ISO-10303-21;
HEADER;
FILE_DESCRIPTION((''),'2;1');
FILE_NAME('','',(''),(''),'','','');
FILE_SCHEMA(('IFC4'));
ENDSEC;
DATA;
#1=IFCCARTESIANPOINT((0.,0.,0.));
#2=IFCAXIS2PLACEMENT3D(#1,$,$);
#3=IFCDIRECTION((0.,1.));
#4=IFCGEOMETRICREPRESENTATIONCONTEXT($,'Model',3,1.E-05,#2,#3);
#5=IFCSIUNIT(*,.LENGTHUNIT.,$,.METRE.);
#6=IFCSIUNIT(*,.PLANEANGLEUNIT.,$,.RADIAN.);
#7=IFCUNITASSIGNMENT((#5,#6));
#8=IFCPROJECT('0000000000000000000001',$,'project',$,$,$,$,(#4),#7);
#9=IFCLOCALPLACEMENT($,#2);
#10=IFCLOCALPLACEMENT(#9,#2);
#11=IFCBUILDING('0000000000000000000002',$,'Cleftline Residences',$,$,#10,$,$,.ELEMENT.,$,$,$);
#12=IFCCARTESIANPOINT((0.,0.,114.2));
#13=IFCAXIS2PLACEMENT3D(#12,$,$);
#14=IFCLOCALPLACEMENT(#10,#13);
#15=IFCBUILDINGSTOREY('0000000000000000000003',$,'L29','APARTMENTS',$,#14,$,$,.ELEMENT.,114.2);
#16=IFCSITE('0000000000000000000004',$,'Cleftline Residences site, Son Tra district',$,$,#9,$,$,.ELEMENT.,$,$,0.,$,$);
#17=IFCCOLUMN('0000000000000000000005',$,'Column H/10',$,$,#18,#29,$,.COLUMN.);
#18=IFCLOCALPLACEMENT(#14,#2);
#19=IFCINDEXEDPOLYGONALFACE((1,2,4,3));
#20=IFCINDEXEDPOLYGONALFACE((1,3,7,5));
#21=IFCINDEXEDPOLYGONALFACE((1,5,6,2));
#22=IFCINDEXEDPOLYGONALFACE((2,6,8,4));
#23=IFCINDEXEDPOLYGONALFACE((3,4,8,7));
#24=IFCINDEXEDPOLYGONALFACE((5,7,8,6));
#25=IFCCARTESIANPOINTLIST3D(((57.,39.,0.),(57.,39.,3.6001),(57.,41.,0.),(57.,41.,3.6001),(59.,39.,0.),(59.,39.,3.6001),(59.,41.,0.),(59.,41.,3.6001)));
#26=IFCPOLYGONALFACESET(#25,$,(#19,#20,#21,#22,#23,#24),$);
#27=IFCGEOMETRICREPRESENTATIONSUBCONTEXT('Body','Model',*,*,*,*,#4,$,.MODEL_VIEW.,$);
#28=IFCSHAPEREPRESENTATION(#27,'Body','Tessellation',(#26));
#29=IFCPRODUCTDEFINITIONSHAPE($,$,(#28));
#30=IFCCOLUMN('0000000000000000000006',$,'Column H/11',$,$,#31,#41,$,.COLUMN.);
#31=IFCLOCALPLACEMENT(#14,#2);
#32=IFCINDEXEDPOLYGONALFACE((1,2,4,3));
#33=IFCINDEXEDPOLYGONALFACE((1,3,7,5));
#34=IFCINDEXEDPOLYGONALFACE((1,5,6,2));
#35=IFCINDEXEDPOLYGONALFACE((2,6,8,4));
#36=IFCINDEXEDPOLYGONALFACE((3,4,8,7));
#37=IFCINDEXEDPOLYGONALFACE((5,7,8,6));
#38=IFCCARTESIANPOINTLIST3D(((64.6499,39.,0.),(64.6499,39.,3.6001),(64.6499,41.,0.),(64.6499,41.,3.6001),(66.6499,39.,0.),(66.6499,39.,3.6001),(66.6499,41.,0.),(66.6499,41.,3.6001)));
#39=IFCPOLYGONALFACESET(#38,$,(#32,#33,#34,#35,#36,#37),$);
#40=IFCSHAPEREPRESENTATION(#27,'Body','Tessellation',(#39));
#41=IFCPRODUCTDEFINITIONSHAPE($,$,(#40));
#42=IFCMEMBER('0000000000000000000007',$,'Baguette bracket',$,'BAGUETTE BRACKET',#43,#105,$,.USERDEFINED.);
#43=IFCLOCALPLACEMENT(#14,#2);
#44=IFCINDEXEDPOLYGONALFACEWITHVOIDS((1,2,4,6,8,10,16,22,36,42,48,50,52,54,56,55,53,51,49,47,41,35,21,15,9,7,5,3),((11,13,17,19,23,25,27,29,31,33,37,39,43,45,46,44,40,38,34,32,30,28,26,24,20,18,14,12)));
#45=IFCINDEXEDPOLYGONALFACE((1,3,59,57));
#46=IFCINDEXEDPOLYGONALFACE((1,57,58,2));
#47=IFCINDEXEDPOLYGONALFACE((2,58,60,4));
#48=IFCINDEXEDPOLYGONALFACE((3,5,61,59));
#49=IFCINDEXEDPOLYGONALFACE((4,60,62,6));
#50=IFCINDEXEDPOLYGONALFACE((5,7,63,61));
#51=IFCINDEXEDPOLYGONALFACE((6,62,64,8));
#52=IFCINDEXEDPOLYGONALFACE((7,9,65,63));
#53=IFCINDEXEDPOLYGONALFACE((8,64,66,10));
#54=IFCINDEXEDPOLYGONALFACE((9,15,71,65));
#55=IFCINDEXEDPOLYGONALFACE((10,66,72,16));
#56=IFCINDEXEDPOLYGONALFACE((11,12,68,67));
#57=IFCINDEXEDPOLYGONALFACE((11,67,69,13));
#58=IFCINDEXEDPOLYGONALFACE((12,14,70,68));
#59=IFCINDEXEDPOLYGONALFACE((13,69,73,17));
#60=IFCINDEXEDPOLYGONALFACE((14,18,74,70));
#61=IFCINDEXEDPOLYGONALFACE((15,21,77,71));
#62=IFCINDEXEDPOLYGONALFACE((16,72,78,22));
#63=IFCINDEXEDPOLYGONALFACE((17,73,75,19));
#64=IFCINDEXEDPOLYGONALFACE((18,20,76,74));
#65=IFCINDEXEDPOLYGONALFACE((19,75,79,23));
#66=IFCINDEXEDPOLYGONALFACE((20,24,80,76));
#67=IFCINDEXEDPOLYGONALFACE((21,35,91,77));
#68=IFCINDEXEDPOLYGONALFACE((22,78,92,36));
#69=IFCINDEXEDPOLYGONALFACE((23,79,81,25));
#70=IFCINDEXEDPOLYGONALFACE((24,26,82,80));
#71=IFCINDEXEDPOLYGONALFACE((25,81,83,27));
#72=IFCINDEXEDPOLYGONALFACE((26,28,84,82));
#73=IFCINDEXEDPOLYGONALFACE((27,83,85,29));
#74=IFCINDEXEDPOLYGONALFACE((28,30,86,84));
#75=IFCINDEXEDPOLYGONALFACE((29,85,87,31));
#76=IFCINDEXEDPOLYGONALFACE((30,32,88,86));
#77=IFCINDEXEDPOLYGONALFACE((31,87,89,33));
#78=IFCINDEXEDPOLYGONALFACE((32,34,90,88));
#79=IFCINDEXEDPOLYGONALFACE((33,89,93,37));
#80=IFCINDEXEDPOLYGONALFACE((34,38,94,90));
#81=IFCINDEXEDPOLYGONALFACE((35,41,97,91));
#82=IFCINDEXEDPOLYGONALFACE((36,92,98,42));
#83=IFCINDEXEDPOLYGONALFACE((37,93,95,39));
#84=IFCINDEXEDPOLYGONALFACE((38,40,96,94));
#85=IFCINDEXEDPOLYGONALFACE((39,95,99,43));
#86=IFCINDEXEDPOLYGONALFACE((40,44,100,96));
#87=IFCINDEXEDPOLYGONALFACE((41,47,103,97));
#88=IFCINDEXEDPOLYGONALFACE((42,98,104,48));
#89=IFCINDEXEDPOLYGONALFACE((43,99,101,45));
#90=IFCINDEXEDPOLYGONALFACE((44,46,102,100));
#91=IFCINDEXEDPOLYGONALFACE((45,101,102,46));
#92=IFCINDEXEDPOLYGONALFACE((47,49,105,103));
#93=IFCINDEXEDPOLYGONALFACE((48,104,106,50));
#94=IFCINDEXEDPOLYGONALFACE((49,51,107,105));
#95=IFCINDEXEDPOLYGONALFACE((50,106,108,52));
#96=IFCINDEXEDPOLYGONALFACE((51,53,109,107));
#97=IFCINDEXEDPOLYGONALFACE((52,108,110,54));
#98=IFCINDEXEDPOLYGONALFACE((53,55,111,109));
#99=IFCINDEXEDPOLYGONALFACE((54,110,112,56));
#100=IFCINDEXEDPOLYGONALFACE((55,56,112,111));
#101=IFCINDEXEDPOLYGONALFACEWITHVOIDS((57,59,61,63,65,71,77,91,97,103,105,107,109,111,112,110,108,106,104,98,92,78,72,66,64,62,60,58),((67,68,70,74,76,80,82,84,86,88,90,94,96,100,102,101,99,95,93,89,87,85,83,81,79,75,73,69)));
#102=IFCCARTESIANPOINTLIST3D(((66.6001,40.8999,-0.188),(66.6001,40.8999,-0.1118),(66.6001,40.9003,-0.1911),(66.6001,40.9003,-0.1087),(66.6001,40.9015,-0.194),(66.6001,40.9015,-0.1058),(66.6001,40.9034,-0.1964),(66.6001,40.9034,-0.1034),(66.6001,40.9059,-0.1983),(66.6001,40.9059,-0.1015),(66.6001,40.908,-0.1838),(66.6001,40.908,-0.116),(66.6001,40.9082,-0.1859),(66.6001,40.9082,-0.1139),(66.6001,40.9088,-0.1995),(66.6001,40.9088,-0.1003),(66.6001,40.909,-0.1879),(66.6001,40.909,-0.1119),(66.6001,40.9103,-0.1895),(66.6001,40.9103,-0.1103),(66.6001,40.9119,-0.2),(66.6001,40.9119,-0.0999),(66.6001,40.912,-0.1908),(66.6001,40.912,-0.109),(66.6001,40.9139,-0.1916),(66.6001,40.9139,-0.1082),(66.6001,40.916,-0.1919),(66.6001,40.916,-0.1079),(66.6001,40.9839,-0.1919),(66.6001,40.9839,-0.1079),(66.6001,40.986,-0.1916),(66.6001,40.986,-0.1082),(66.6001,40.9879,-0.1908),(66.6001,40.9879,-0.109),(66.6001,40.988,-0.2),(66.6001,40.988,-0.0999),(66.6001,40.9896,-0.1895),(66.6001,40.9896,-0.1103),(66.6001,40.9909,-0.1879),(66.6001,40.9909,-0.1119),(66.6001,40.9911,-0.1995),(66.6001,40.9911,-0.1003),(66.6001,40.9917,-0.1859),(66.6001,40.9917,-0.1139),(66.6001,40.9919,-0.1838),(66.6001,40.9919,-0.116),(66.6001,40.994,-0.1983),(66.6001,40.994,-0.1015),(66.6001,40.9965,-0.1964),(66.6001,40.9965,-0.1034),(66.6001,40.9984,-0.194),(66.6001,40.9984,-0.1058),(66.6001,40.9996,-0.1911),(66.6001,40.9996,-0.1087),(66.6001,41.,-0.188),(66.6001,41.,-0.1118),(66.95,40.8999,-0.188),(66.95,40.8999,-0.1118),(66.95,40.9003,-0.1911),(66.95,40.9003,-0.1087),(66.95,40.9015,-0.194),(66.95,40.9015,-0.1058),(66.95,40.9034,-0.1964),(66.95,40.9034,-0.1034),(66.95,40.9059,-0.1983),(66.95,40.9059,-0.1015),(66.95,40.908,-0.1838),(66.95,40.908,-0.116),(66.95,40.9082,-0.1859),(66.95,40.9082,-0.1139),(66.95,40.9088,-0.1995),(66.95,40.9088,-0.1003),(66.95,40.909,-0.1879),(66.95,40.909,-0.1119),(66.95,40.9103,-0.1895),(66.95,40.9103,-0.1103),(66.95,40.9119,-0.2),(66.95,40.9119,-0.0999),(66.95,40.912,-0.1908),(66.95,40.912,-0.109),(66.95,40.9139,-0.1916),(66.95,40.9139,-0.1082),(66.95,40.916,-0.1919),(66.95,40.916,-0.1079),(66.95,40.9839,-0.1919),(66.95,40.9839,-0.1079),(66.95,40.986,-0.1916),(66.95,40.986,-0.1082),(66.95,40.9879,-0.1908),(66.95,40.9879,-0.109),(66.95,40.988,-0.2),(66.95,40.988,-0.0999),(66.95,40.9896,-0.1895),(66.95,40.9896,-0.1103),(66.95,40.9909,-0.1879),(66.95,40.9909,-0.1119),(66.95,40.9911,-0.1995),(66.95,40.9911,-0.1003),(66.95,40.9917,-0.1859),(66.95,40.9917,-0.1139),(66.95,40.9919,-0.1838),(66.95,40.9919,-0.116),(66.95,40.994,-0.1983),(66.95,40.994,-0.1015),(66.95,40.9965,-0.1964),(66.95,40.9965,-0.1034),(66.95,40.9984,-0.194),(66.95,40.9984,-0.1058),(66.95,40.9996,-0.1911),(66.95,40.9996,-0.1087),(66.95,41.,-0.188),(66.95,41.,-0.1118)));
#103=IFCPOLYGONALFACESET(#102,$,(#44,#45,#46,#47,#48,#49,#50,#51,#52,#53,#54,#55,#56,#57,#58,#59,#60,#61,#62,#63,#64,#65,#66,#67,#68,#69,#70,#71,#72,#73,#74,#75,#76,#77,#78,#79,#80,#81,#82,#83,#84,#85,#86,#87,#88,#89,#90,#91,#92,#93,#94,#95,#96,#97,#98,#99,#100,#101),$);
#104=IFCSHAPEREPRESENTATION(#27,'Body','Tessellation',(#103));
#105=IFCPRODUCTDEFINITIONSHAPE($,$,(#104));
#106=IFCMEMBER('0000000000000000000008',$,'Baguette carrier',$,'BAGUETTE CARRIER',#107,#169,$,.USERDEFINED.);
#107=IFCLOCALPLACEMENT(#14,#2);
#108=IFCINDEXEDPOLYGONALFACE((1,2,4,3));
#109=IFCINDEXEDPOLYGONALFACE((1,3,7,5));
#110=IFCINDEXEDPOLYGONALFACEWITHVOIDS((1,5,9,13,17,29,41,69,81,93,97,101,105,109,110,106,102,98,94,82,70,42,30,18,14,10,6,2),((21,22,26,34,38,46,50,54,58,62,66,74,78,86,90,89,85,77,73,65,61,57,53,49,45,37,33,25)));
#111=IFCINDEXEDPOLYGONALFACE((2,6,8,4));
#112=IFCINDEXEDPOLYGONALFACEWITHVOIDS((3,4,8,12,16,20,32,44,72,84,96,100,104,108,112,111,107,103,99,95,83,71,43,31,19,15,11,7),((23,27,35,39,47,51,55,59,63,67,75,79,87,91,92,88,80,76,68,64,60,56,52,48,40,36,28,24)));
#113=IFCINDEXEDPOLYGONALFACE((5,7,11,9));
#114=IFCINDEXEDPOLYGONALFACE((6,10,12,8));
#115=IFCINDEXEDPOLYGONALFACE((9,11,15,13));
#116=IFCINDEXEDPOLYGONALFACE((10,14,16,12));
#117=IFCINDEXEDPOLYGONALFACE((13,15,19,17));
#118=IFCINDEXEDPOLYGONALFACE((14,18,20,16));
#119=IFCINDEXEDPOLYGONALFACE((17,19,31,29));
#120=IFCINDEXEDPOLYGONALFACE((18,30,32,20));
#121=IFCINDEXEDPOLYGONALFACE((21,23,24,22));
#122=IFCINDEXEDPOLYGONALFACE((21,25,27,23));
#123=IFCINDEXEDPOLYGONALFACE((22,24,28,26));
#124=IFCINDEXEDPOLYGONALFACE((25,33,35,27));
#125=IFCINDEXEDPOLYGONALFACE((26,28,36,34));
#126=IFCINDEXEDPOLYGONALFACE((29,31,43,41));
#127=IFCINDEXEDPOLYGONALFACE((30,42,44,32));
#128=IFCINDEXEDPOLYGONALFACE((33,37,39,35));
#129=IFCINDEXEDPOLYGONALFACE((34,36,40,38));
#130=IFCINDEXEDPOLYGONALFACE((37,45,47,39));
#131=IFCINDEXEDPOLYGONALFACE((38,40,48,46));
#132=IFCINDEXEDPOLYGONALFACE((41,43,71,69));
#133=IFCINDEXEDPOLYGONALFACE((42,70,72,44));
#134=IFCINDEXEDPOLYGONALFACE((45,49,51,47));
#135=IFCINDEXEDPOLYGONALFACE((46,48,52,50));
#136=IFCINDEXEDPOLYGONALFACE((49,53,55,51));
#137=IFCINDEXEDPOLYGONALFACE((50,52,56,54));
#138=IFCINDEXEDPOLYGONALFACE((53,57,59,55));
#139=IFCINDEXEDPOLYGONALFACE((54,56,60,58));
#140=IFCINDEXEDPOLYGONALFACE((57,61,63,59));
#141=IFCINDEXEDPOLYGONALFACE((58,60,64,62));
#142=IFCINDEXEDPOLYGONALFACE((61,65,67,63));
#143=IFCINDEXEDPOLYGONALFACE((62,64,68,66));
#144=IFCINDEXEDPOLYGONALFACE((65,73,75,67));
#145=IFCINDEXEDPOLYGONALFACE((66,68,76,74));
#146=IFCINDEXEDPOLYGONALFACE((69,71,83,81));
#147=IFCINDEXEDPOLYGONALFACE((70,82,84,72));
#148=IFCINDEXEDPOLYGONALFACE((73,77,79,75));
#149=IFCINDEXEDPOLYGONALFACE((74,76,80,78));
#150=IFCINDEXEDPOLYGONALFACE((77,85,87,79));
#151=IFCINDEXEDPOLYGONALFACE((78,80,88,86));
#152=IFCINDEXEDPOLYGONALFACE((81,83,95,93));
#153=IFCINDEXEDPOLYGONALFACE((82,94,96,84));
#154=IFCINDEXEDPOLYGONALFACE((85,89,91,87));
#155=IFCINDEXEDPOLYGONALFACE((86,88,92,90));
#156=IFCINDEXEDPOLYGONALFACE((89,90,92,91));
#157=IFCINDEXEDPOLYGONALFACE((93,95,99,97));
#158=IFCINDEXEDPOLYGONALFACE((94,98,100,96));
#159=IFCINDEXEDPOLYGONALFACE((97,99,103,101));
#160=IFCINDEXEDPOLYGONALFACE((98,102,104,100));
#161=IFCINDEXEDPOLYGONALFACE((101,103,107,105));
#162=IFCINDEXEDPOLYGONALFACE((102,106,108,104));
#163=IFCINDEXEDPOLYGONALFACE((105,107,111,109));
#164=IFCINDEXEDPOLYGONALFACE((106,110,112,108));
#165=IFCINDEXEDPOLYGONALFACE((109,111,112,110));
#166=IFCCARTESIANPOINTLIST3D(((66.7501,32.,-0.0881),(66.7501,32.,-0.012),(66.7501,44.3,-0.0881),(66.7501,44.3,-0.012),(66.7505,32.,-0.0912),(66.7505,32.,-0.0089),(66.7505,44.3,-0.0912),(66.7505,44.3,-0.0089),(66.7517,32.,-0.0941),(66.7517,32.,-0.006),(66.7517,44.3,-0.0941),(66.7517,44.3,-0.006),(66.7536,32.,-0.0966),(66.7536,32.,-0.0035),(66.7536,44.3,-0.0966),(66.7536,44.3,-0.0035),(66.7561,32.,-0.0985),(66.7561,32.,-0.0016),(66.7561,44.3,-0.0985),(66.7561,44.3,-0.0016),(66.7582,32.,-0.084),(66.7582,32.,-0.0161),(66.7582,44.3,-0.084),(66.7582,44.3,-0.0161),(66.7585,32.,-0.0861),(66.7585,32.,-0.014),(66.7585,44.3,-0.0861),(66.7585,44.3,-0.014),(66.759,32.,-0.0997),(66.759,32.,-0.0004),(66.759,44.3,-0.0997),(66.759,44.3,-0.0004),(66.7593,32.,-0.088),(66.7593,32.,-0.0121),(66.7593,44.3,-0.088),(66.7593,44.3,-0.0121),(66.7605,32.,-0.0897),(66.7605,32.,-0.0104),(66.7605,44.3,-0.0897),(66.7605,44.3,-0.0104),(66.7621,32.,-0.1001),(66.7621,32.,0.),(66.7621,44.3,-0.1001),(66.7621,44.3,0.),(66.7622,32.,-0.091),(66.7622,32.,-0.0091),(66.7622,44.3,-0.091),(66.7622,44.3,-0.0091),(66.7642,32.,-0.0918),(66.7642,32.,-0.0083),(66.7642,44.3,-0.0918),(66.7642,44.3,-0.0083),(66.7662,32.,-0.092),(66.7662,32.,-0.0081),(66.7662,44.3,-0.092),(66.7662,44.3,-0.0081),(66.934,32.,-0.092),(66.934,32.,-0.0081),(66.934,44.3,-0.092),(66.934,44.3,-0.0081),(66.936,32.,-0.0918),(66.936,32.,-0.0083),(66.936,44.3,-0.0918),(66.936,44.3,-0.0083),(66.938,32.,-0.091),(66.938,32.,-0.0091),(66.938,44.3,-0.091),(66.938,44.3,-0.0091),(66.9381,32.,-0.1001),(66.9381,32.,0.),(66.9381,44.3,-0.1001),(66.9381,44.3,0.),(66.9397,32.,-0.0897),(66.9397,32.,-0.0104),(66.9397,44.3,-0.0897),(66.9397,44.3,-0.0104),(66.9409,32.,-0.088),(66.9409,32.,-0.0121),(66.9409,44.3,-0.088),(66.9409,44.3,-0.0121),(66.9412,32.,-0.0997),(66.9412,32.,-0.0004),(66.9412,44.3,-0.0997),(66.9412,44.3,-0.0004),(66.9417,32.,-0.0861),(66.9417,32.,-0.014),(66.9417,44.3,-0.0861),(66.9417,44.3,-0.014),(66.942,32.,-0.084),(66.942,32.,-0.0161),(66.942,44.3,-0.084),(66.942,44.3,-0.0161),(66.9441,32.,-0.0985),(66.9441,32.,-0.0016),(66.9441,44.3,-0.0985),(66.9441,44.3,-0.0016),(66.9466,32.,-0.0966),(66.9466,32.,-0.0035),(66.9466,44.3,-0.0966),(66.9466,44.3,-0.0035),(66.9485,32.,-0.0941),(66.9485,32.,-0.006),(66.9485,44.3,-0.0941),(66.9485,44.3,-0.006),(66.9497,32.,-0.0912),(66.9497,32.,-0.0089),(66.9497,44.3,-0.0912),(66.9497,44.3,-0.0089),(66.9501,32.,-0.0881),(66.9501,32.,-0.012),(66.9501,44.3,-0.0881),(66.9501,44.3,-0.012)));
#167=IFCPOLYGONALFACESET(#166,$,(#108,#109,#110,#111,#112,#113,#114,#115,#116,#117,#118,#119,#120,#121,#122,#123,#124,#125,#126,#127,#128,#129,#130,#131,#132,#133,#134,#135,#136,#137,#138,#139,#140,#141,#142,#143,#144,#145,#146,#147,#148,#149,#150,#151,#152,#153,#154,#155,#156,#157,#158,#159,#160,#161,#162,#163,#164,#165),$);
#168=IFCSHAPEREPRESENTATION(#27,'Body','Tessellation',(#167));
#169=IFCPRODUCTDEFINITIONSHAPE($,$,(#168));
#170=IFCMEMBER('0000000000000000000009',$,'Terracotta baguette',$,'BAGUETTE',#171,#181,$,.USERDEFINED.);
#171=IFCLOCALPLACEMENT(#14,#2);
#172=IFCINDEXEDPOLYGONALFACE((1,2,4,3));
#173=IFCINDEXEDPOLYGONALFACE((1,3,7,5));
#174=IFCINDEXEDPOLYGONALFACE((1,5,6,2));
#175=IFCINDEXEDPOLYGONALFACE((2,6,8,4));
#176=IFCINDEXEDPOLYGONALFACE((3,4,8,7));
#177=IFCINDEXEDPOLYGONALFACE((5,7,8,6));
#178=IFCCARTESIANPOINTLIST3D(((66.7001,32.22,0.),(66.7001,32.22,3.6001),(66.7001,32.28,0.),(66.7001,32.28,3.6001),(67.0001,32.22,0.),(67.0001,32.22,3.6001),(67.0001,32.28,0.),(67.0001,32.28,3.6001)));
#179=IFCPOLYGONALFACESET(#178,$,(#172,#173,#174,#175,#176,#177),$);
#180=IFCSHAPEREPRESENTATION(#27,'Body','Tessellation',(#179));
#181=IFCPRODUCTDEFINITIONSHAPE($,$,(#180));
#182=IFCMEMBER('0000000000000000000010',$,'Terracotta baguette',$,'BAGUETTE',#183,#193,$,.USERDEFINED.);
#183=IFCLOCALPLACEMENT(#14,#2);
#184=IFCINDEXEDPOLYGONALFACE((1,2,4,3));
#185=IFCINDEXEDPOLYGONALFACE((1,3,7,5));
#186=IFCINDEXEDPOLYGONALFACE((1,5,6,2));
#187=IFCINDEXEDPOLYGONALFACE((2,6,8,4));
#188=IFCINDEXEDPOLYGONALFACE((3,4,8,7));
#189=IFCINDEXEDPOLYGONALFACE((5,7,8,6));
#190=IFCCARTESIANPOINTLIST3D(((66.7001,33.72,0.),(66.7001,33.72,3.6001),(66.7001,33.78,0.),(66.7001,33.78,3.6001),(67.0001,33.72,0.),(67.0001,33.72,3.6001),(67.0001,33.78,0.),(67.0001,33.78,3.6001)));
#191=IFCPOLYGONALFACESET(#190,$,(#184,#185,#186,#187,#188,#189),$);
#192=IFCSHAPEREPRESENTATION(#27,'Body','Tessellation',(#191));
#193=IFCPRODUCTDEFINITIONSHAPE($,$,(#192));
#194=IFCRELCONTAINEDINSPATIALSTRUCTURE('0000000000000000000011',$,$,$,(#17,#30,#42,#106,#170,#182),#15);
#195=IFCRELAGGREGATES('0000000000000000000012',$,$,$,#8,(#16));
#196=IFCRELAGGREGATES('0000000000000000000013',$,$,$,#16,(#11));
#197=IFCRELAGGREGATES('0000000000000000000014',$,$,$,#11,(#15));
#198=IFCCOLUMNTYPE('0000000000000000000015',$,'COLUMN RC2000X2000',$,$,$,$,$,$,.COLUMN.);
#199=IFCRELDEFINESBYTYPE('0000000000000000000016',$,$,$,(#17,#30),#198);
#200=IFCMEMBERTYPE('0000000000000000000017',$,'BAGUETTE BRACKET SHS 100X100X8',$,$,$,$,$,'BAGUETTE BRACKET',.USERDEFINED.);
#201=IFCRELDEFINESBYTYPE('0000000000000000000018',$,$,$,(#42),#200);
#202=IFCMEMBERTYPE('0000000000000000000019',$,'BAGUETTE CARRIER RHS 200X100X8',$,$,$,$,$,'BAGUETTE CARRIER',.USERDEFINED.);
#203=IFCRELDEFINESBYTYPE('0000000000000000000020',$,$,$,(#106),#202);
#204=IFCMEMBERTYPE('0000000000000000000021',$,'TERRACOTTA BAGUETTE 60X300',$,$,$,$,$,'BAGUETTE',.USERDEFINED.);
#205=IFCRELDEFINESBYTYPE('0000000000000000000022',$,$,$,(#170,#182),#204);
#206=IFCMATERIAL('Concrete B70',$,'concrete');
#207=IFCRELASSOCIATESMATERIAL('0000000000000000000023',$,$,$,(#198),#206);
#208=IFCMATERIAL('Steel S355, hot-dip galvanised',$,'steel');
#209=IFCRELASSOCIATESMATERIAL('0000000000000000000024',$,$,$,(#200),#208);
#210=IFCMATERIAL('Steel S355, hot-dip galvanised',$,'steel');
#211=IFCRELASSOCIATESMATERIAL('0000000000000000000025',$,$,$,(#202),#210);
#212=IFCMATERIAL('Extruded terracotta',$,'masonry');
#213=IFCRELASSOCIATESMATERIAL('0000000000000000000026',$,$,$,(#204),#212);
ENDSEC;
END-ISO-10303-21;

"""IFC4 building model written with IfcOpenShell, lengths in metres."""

from ifc_helpers import new_model, si_unit, direction, frame, origin, origin_2d, place, context, subcontext, project, spatial, rectangle, hollow_rectangle, extrude, material, material_profile, profile_set, type_object, element, save


model = new_model("IFC4")

# Units and contexts
model_context = context("Model", 3, precision=1e-05, world=origin(), true_north=direction((0.0, 1.0)))
body_context = subcontext(model_context, "Body", "Model", "MODEL_VIEW")
ifc_project = project(units=[si_unit("LENGTHUNIT", "METRE"), si_unit("PLANEANGLEUNIT", "RADIAN")], contexts=[model_context])

# Site, building, storey
site_placement = place(None, origin())
site = spatial("IfcSite", under=ifc_project, at=site_placement, Name="Cleftline Residences site, Son Tra district", CompositionType="ELEMENT", RefElevation=0.0)
building_placement = place(site_placement, origin())
building = spatial("IfcBuilding", under=site, at=building_placement, Name="Cleftline Residences", CompositionType="ELEMENT")
storey_placement = place(building_placement, frame((0.0, 0.0, 114.2)))
storey = spatial("IfcBuildingStorey", under=building, at=storey_placement, Name="L29", Description="APARTMENTS", CompositionType="ELEMENT", Elevation=114.2)

# Columns
ifc_material_1 = material(Name="Concrete B70", Category="concrete")
ifc_material_profile_1 = material_profile(ifc_material_1, rectangle(XDim=2.0, YDim=2.0, at=origin_2d()))
ifc_profile_set_1 = profile_set([ifc_material_profile_1], Name="Concrete B70")
column_type = type_object("IfcColumnType", Name="COLUMN RC2000X2000", PredefinedType="COLUMN", material=ifc_profile_set_1)
for number, where, z_axis, x_axis, name in (
    (1, (58.0, 40.0, 0.0), (0.0, 0.0, 1.0), (1.0, 0.0, 0.0), "Column H/10"),
    (2, (65.6499, 40.0, 0.0), (0.0, 0.0, 1.0), (1.0, 0.0, 0.0), "Column H/11"),
):
    element("IfcColumn", number, at=place(storey_placement, frame(where, z_axis=z_axis, x_axis=x_axis)), inside=storey, type_object=column_type, Name=name, PredefinedType="COLUMN", context=body_context, shape_type="SweptSolid", body=[
        extrude(rectangle(XDim=2.0, YDim=2.0, at=origin_2d()), origin(), (0.0, 0.0, 1.0), 3.6001),
    ])

# Members
ifc_material_2 = material(Name="Steel S355, hot-dip galvanised", Category="steel")
ifc_material_profile_2 = material_profile(ifc_material_2, hollow_rectangle(XDim=0.1001, YDim=0.1001, WallThickness=0.0081, InnerFilletRadius=0.0081, OuterFilletRadius=0.012, at=origin_2d()))
ifc_profile_set_2 = profile_set([ifc_material_profile_2], Name="Steel S355, hot-dip galvanised")
member_type_1 = type_object("IfcMemberType", Name="BAGUETTE BRACKET SHS 100X100X8", ElementType="BAGUETTE BRACKET", PredefinedType="USERDEFINED", material=ifc_profile_set_2)
member_1_placement = place(storey_placement, frame((66.6001, 40.95, -0.1499), z_axis=(1.0, 0.0, 0.0), x_axis=(0.0, 1.0, 0.0)))
element("IfcMember", 3, at=member_1_placement, inside=storey, type_object=member_type_1, Name="Baguette bracket", ObjectType="BAGUETTE BRACKET", PredefinedType="USERDEFINED", context=body_context, shape_type="SweptSolid", body=[
    extrude(hollow_rectangle(XDim=0.1001, YDim=0.1001, WallThickness=0.0081, InnerFilletRadius=0.0081, OuterFilletRadius=0.012, at=origin_2d()), origin(), (0.0, 0.0, 1.0), 0.3499),
])
ifc_material_3 = material(Name="Steel S355, hot-dip galvanised", Category="steel")
ifc_material_profile_3 = material_profile(ifc_material_3, hollow_rectangle(XDim=0.1001, YDim=0.2, WallThickness=0.0081, InnerFilletRadius=0.0081, OuterFilletRadius=0.012, at=origin_2d()))
ifc_profile_set_3 = profile_set([ifc_material_profile_3], Name="Steel S355, hot-dip galvanised")
member_type_2 = type_object("IfcMemberType", Name="BAGUETTE CARRIER RHS 200X100X8", ElementType="BAGUETTE CARRIER", PredefinedType="USERDEFINED", material=ifc_profile_set_3)
member_2_placement = place(storey_placement, frame((66.8501, 32.0, -0.05), z_axis=(0.0, 1.0, 0.0), x_axis=(0.0, 0.0, 1.0)))
element("IfcMember", 4, at=member_2_placement, inside=storey, type_object=member_type_2, Name="Baguette carrier", ObjectType="BAGUETTE CARRIER", PredefinedType="USERDEFINED", context=body_context, shape_type="SweptSolid", body=[
    extrude(hollow_rectangle(XDim=0.1001, YDim=0.2, WallThickness=0.0081, InnerFilletRadius=0.0081, OuterFilletRadius=0.012, at=origin_2d()), origin(), (0.0, 0.0, 1.0), 12.3),
])
ifc_material_4 = material(Name="Extruded terracotta", Category="masonry")
ifc_material_profile_4 = material_profile(ifc_material_4, rectangle(XDim=0.0601, YDim=0.3, at=origin_2d()))
ifc_profile_set_4 = profile_set([ifc_material_profile_4], Name="Extruded terracotta")
member_type_3 = type_object("IfcMemberType", Name="TERRACOTTA BAGUETTE 60X300", ElementType="BAGUETTE", PredefinedType="USERDEFINED", material=ifc_profile_set_4)
for number, where, z_axis, x_axis, name in (
    (5, (66.8501, 32.25, 0.0), (0.0, 0.0, 1.0), (0.0, 1.0, 0.0), "Terracotta baguette"),
    (6, (66.8501, 33.75, 0.0), (0.0, 0.0, 1.0), (0.0, 1.0, 0.0), "Terracotta baguette"),
):
    element("IfcMember", number, at=place(storey_placement, frame(where, z_axis=z_axis, x_axis=x_axis)), inside=storey, type_object=member_type_3, Name=name, ObjectType="BAGUETTE", PredefinedType="USERDEFINED", context=body_context, shape_type="SweptSolid", body=[
        extrude(rectangle(XDim=0.0601, YDim=0.3, at=origin_2d()), origin(), (0.0, 0.0, 1.0), 3.6001),
    ])

save(model, "model.ifc")
